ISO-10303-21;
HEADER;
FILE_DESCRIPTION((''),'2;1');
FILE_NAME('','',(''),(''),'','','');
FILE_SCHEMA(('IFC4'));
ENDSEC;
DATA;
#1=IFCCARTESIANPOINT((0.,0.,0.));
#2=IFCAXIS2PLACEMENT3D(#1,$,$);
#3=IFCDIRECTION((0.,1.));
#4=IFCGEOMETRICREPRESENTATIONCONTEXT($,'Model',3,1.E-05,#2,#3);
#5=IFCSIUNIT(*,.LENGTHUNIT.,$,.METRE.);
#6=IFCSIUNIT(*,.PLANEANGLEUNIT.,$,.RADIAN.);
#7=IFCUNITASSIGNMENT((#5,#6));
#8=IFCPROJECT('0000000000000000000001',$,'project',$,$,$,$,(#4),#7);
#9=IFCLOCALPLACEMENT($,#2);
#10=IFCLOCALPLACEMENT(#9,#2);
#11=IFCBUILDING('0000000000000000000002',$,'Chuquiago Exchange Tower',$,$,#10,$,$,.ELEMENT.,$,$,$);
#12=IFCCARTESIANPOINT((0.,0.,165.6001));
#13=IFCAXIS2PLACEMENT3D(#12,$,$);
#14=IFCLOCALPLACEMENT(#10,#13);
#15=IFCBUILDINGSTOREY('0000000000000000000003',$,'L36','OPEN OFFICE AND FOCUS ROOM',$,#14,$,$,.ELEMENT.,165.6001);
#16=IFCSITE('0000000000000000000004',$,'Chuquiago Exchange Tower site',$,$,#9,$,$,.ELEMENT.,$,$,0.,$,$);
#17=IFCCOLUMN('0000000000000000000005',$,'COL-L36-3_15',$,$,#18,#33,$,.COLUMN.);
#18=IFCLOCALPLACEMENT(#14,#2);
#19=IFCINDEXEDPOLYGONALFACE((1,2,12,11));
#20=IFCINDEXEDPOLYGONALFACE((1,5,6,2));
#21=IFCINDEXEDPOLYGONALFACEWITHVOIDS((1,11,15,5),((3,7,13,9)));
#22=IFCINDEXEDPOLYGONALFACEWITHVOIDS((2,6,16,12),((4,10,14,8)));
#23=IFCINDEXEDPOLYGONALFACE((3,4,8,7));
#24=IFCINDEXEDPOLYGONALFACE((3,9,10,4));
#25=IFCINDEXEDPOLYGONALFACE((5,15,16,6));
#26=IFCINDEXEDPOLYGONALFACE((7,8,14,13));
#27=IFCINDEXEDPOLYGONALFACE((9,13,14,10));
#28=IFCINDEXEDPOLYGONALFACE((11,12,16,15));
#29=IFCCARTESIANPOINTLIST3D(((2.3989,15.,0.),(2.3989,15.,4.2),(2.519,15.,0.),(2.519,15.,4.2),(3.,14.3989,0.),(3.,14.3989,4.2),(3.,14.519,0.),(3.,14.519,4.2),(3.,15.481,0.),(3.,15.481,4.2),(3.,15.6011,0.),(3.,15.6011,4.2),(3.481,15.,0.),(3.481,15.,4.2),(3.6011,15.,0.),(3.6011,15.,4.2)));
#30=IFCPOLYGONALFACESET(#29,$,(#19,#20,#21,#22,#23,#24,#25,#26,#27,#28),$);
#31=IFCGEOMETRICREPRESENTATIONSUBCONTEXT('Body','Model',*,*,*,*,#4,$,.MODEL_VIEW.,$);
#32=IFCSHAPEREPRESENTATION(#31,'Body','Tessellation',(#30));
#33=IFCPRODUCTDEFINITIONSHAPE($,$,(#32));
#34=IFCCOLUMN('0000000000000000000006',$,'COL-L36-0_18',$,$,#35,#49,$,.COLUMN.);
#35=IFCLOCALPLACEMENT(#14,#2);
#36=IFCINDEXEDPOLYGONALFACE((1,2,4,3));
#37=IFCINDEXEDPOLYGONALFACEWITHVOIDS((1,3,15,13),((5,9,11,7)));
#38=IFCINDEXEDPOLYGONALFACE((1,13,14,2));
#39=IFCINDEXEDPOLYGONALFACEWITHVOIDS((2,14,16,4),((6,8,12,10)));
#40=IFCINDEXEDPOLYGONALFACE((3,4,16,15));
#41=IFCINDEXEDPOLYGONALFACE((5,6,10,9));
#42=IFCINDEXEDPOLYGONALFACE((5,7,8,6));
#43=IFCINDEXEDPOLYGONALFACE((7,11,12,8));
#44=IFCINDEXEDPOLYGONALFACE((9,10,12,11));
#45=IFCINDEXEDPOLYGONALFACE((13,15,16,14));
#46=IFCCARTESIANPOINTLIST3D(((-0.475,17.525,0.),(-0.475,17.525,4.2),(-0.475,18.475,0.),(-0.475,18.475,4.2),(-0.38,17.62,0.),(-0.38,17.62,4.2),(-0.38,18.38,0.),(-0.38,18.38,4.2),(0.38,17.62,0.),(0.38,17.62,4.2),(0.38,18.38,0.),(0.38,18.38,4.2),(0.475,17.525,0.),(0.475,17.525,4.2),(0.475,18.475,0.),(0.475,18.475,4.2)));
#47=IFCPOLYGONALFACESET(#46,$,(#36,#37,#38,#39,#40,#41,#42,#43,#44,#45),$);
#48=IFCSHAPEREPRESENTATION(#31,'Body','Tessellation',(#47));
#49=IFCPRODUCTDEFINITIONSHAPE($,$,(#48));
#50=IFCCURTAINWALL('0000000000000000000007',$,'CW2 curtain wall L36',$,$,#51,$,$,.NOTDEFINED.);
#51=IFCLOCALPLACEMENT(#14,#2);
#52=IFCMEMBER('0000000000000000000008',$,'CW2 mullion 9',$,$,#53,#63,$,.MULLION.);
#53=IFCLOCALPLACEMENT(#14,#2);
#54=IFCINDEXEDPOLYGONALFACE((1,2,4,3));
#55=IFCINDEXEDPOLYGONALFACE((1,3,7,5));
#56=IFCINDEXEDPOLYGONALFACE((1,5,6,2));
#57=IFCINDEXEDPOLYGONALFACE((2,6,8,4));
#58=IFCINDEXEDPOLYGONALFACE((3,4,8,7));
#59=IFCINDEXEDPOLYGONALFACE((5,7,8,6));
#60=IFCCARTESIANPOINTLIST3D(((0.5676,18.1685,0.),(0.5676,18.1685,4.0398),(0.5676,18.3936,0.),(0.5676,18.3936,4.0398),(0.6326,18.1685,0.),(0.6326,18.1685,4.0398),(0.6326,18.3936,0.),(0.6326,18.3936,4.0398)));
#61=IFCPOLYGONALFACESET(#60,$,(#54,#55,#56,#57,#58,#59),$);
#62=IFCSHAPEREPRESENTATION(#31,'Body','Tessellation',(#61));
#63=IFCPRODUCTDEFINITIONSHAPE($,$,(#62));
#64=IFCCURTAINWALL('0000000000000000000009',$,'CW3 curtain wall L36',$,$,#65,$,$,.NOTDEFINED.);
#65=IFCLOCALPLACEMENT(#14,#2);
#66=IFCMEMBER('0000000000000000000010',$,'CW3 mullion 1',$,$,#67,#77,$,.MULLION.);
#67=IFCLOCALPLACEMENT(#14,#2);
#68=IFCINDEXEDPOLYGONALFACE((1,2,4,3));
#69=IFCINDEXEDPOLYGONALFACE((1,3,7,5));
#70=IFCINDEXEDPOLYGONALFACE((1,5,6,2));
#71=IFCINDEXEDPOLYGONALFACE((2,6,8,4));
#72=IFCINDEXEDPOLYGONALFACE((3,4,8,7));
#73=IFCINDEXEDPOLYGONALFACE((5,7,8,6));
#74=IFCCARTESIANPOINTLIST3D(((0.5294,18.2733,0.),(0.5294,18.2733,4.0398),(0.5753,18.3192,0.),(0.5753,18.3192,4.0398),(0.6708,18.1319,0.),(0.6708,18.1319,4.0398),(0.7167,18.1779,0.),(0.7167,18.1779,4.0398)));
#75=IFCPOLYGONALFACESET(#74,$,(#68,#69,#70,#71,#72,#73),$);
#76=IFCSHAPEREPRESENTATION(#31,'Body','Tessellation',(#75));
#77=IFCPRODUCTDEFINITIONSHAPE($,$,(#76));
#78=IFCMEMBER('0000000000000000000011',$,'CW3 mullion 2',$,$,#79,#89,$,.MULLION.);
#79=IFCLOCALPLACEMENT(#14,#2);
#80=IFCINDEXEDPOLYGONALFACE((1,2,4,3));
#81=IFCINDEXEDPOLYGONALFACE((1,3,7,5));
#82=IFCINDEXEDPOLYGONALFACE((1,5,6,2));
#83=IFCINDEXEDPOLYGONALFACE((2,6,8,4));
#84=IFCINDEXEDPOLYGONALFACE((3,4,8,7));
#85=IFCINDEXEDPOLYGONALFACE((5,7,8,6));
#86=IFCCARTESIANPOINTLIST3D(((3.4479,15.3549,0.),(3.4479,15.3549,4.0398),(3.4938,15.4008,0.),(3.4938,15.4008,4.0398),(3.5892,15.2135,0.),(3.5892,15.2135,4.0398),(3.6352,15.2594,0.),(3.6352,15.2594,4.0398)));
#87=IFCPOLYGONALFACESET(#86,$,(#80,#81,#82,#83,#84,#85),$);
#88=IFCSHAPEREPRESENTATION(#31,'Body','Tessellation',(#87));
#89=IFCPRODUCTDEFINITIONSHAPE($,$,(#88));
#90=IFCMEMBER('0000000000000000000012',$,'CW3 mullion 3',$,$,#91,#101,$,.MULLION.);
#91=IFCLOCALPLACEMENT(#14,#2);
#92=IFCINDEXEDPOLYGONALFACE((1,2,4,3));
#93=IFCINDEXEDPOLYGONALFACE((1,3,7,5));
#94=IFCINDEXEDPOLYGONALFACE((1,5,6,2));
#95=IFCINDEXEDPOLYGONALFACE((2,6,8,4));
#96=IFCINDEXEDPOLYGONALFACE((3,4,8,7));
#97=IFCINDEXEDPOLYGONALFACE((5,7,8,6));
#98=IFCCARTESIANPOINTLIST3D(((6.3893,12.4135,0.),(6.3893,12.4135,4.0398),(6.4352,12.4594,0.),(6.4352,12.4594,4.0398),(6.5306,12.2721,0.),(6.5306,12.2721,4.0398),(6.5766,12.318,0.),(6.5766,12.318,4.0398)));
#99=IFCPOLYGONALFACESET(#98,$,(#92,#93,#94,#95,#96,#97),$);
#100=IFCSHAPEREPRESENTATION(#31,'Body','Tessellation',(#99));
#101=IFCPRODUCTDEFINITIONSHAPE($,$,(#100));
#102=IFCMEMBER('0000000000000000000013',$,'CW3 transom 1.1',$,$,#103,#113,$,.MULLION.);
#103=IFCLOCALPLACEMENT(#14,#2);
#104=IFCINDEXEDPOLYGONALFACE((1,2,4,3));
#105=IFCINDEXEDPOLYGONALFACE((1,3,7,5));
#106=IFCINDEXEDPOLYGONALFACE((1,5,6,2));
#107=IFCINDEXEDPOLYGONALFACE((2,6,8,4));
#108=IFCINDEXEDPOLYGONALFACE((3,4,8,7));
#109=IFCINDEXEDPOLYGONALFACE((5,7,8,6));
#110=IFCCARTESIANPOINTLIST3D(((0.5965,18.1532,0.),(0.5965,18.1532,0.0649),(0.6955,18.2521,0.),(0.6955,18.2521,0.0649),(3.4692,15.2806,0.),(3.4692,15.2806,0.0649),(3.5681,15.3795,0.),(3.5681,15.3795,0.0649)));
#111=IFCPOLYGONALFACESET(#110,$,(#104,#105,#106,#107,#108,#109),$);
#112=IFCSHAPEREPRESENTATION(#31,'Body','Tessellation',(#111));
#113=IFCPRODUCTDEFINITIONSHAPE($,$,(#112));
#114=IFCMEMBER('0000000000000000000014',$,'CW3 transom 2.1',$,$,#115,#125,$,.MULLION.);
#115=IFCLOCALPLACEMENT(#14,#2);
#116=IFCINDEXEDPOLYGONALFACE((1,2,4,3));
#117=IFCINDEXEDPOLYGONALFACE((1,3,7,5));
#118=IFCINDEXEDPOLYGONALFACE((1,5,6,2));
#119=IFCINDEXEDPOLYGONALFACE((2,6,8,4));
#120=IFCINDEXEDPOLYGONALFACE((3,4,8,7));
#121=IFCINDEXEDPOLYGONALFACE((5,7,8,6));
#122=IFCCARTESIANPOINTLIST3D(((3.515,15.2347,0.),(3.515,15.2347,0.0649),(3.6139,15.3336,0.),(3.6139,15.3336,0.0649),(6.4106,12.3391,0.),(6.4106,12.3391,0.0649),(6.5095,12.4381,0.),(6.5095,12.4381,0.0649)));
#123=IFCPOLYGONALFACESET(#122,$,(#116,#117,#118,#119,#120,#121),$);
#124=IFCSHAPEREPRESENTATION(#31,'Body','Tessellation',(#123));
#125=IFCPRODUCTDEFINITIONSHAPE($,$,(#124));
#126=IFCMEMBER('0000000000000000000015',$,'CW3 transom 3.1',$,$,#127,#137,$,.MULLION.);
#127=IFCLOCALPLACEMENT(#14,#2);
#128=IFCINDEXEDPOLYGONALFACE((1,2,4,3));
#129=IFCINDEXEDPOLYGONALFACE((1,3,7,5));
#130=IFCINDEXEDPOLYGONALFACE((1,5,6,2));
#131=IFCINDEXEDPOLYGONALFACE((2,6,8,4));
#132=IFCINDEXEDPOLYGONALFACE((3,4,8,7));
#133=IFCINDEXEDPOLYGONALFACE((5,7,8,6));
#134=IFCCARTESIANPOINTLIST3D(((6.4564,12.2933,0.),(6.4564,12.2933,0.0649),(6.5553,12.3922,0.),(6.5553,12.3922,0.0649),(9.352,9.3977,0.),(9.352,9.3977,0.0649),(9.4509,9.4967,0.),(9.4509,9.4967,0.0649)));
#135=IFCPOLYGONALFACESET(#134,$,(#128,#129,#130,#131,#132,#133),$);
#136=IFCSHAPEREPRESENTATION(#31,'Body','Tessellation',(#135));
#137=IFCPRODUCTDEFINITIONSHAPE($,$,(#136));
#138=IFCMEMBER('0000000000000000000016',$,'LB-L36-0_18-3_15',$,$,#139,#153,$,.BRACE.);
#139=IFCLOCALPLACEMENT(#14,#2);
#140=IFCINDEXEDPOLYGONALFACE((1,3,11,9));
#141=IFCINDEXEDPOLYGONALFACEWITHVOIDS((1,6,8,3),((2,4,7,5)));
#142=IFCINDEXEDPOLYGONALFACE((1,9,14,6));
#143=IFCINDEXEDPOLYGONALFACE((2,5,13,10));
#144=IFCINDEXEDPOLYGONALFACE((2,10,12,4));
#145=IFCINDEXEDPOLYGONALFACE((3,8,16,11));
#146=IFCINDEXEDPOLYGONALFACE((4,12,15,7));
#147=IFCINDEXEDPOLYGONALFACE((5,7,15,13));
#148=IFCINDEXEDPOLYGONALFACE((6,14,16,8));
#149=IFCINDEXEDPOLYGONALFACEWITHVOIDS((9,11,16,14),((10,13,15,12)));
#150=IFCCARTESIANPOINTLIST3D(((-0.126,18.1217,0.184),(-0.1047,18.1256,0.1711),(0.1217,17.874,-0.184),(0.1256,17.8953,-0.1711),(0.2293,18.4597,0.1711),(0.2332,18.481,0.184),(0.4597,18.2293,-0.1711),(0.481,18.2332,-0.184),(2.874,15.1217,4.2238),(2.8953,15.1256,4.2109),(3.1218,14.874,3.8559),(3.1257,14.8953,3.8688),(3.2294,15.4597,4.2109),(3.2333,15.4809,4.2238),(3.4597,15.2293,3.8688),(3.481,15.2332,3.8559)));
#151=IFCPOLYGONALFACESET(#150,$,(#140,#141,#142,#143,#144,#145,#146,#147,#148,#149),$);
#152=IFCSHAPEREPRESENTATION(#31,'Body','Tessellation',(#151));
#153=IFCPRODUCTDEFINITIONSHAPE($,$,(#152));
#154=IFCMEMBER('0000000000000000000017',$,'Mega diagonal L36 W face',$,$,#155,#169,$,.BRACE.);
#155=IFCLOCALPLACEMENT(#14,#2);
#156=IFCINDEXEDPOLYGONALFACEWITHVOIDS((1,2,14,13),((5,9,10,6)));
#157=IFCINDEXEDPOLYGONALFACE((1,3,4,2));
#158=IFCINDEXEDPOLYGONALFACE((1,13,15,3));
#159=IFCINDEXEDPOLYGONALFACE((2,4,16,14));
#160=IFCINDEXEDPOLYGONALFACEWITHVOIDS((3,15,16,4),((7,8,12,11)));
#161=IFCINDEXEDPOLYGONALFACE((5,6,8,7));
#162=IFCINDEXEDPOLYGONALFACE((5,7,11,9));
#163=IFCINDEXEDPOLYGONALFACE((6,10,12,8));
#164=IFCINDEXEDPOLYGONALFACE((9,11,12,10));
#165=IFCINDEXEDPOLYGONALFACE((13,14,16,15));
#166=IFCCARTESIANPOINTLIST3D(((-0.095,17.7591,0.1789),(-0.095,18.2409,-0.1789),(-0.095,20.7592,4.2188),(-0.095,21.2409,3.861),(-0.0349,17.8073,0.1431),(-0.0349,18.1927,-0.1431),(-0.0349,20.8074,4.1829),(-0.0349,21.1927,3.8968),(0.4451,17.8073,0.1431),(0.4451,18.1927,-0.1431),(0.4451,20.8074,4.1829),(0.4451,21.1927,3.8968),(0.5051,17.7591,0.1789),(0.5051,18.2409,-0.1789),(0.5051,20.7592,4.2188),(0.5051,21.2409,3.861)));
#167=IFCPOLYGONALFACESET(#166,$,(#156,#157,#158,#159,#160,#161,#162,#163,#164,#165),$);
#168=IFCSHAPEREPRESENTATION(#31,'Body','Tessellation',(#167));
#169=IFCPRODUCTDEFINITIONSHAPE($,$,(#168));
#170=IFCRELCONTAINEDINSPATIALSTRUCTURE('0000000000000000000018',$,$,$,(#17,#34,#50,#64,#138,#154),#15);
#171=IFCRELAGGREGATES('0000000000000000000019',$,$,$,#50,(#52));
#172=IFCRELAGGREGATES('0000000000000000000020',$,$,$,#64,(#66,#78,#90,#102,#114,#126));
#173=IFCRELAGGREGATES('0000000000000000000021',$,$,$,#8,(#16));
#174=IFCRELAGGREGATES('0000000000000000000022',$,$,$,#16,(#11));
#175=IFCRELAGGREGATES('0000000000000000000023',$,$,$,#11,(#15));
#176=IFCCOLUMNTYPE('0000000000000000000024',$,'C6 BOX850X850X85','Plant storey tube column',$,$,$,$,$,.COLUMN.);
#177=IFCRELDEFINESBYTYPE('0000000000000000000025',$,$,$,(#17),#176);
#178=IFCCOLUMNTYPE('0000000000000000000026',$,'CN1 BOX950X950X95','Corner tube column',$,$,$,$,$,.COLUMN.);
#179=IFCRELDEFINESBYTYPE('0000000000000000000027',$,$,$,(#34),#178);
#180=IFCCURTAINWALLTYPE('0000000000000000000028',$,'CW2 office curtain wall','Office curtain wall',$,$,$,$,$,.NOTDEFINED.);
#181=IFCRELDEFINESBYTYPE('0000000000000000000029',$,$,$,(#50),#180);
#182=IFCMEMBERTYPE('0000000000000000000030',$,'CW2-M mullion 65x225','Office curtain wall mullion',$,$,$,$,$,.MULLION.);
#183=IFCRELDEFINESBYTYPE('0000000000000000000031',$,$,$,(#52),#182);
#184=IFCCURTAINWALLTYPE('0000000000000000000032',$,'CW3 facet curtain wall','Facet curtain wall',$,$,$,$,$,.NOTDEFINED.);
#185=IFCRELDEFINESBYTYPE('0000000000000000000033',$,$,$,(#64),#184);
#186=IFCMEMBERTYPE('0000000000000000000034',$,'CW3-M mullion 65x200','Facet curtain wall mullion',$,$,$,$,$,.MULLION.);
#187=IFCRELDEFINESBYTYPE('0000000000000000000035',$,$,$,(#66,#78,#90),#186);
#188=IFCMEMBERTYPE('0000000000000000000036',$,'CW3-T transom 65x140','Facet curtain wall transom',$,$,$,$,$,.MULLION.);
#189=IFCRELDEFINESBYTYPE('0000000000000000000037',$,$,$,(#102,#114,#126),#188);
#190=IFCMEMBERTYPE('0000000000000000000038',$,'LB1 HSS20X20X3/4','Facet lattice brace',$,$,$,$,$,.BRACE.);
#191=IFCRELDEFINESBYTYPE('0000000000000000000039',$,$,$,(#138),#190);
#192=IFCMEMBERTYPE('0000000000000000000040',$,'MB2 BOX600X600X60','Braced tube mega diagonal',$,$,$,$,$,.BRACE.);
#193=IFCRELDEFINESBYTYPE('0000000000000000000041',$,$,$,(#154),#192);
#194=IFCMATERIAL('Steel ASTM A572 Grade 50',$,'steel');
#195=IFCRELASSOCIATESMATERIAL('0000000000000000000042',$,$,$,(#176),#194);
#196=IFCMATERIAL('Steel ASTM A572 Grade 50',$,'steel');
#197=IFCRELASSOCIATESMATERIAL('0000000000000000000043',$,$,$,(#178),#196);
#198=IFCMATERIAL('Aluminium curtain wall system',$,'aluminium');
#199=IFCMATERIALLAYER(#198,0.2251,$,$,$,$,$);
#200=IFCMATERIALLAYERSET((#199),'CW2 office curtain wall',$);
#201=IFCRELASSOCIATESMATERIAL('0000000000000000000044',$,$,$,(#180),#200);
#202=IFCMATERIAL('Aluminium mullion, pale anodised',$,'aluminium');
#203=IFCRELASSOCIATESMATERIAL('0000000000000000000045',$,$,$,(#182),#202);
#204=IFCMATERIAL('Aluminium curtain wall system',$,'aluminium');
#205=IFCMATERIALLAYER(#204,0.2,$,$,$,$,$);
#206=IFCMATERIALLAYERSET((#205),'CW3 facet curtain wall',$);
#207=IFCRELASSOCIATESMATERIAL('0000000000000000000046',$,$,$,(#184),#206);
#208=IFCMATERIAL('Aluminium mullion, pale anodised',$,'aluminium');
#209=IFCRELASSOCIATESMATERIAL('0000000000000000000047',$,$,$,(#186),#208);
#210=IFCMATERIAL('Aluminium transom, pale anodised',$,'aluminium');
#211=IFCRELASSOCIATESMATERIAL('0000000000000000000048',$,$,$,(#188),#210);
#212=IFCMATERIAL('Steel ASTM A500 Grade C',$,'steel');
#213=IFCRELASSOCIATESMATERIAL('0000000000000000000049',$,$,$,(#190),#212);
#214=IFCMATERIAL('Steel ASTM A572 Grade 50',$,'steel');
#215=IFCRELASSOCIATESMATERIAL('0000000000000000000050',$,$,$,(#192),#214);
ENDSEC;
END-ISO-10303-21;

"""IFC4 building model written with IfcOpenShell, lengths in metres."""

from ifc_helpers import new_model, si_unit, direction, frame, origin, origin_2d, place, context, subcontext, project, spatial, rectangle, hollow_rectangle, extrude, material, layer, layer_set, material_profile, profile_set, type_object, element, aggregate, save


model = new_model("IFC4")

# Units and contexts
model_context = context("Model", 3, precision=1e-05, world=origin(), true_north=direction((0.0, 1.0)))
body_context = subcontext(model_context, "Body", "Model", "MODEL_VIEW")
ifc_project = project(units=[si_unit("LENGTHUNIT", "METRE"), si_unit("PLANEANGLEUNIT", "RADIAN")], contexts=[model_context])

# Site, building, storey
site_placement = place(None, origin())
site = spatial("IfcSite", under=ifc_project, at=site_placement, Name="Chuquiago Exchange Tower site", CompositionType="ELEMENT", RefElevation=0.0)
building_placement = place(site_placement, origin())
building = spatial("IfcBuilding", under=site, at=building_placement, Name="Chuquiago Exchange Tower", CompositionType="ELEMENT")
storey_placement = place(building_placement, frame((0.0, 0.0, 165.6001)))
storey = spatial("IfcBuildingStorey", under=building, at=storey_placement, Name="L36", Description="OPEN OFFICE AND FOCUS ROOM", CompositionType="ELEMENT", Elevation=165.6001)

# Columns
ifc_material_1 = material(Name="Steel ASTM A572 Grade 50", Category="steel")
ifc_material_profile_1 = material_profile(ifc_material_1, hollow_rectangle(XDim=0.8501, YDim=0.8501, WallThickness=0.085, at=origin_2d()), Name="BOX850X850X85")
ifc_profile_set_1 = profile_set([ifc_material_profile_1], Name="Steel ASTM A572 Grade 50")
column_type_1 = type_object("IfcColumnType", Name="C6 BOX850X850X85", Description="Plant storey tube column", PredefinedType="COLUMN", material=ifc_profile_set_1)
column_1_placement = place(storey_placement, frame((3.0, 15.0, 0.0), z_axis=(0.0, 0.0, 1.0), x_axis=(-0.707107, -0.707107, 0.0)))
element("IfcColumn", 1, at=column_1_placement, inside=storey, type_object=column_type_1, Name="COL-L36-3_15", PredefinedType="COLUMN", context=body_context, shape_type="SweptSolid", body=[
    extrude(hollow_rectangle(XDim=0.8501, YDim=0.8501, WallThickness=0.085, at=origin_2d()), origin(), (0.0, 0.0, 1.0), 4.2),
])
ifc_material_2 = material(Name="Steel ASTM A572 Grade 50", Category="steel")
ifc_material_profile_2 = material_profile(ifc_material_2, hollow_rectangle(XDim=0.95, YDim=0.95, WallThickness=0.095, at=origin_2d()), Name="BOX950X950X95")
ifc_profile_set_2 = profile_set([ifc_material_profile_2], Name="Steel ASTM A572 Grade 50")
column_type_2 = type_object("IfcColumnType", Name="CN1 BOX950X950X95", Description="Corner tube column", PredefinedType="COLUMN", material=ifc_profile_set_2)
column_2_placement = place(storey_placement, frame((0.0, 18.0, 0.0), z_axis=(0.0, 0.0, 1.0), x_axis=(-1.0, 0.0, 0.0)))
element("IfcColumn", 2, at=column_2_placement, inside=storey, type_object=column_type_2, Name="COL-L36-0_18", PredefinedType="COLUMN", context=body_context, shape_type="SweptSolid", body=[
    extrude(hollow_rectangle(XDim=0.95, YDim=0.95, WallThickness=0.095, at=origin_2d()), origin(), (0.0, 0.0, 1.0), 4.2),
])

# Curtain wall, member
ifc_material_3 = material(Name="Aluminium curtain wall system", Category="aluminium")
ifc_layer_1 = layer(ifc_material_3, 0.2251)
ifc_layer_set_1 = layer_set([ifc_layer_1], Name="CW2 office curtain wall")
curtain_wall_type_1 = type_object("IfcCurtainWallType", Name="CW2 office curtain wall", Description="Office curtain wall", PredefinedType="NOTDEFINED", material=ifc_layer_set_1)
curtain_wall_1_placement = place(storey_placement, origin())
curtain_wall_1 = element("IfcCurtainWall", 3, at=curtain_wall_1_placement, inside=storey, type_object=curtain_wall_type_1, Name="CW2 curtain wall L36", PredefinedType="NOTDEFINED")
ifc_material_4 = material(Name="Aluminium mullion, pale anodised", Category="aluminium")
ifc_material_profile_3 = material_profile(ifc_material_4, rectangle(XDim=0.0649, YDim=0.2251, at=origin_2d()), Name="AL 65x225")
ifc_profile_set_3 = profile_set([ifc_material_profile_3], Name="Aluminium mullion, pale anodised")
member_type_1 = type_object("IfcMemberType", Name="CW2-M mullion 65x225", Description="Office curtain wall mullion", PredefinedType="MULLION", material=ifc_profile_set_3)
member_1_placement = place(storey_placement, frame((0.6001, 18.281, 0.0), z_axis=(0.0, 0.0, 1.0), x_axis=(1.0, 0.0, 0.0)))
member_1 = element("IfcMember", 4, at=member_1_placement, type_object=member_type_1, Name="CW2 mullion 9", PredefinedType="MULLION", context=body_context, shape_type="SweptSolid", body=[
    extrude(rectangle(XDim=0.0649, YDim=0.2251, at=origin_2d()), origin(), (0.0, 0.0, 1.0), 4.0398),
])

# Curtain wall, members
ifc_material_5 = material(Name="Aluminium curtain wall system", Category="aluminium")
ifc_layer_2 = layer(ifc_material_5, 0.2)
ifc_layer_set_2 = layer_set([ifc_layer_2], Name="CW3 facet curtain wall")
curtain_wall_type_2 = type_object("IfcCurtainWallType", Name="CW3 facet curtain wall", Description="Facet curtain wall", PredefinedType="NOTDEFINED", material=ifc_layer_set_2)
curtain_wall_2_placement = place(storey_placement, origin())
curtain_wall_2 = element("IfcCurtainWall", 5, at=curtain_wall_2_placement, inside=storey, type_object=curtain_wall_type_2, Name="CW3 curtain wall L36", PredefinedType="NOTDEFINED")
ifc_material_6 = material(Name="Aluminium mullion, pale anodised", Category="aluminium")
ifc_material_profile_4 = material_profile(ifc_material_6, rectangle(XDim=0.0649, YDim=0.2, at=origin_2d()), Name="AL 65x200")
ifc_profile_set_4 = profile_set([ifc_material_profile_4], Name="Aluminium mullion, pale anodised")
member_type_2 = type_object("IfcMemberType", Name="CW3-M mullion 65x200", Description="Facet curtain wall mullion", PredefinedType="MULLION", material=ifc_profile_set_4)
member_2_placement = place(storey_placement, frame((0.623, 18.2256, 0.0), z_axis=(0.0, 0.0, 1.0), x_axis=(0.707107, 0.707107, 0.0)))
member_2 = element("IfcMember", 6, at=member_2_placement, type_object=member_type_2, Name="CW3 mullion 1", PredefinedType="MULLION", context=body_context, shape_type="SweptSolid", body=[
    extrude(rectangle(XDim=0.0649, YDim=0.2, at=origin_2d()), origin(), (0.0, 0.0, 1.0), 4.0398),
])
member_3_placement = place(storey_placement, frame((3.5415, 15.3071, 0.0), z_axis=(0.0, 0.0, 1.0), x_axis=(0.707107, 0.707107, 0.0)))
member_3 = element("IfcMember", 7, at=member_3_placement, type_object=member_type_2, Name="CW3 mullion 2", PredefinedType="MULLION", context=body_context, shape_type="SweptSolid", body=[
    extrude(rectangle(XDim=0.0649, YDim=0.2, at=origin_2d()), origin(), (0.0, 0.0, 1.0), 4.0398),
])
member_4_placement = place(storey_placement, frame((6.4829, 12.3657, 0.0), z_axis=(0.0, 0.0, 1.0), x_axis=(0.707107, 0.707107, 0.0)))
member_4 = element("IfcMember", 8, at=member_4_placement, type_object=member_type_2, Name="CW3 mullion 3", PredefinedType="MULLION", context=body_context, shape_type="SweptSolid", body=[
    extrude(rectangle(XDim=0.0649, YDim=0.2, at=origin_2d()), origin(), (0.0, 0.0, 1.0), 4.0398),
])
ifc_material_7 = material(Name="Aluminium transom, pale anodised", Category="aluminium")
ifc_material_profile_5 = material_profile(ifc_material_7, rectangle(XDim=0.1399, YDim=0.0649, at=origin_2d()), Name="AL 140x65")
ifc_profile_set_5 = profile_set([ifc_material_profile_5], Name="Aluminium transom, pale anodised")
member_type_3 = type_object("IfcMemberType", Name="CW3-T transom 65x140", Description="Facet curtain wall transom", PredefinedType="MULLION", material=ifc_profile_set_5)
member_5_placement = place(storey_placement, frame((0.646, 18.2026, 0.0325), z_axis=(0.707107, -0.707107, 0.0), x_axis=(0.707107, 0.707107, 0.0)))
member_5 = element("IfcMember", 9, at=member_5_placement, type_object=member_type_3, Name="CW3 transom 1.1", PredefinedType="MULLION", context=body_context, shape_type="SweptSolid", body=[
    extrude(rectangle(XDim=0.1399, YDim=0.0649, at=origin_2d()), origin(), (0.0, 0.0, 1.0), 4.0625),
])
member_6_placement = place(storey_placement, frame((3.5645, 15.2842, 0.0325), z_axis=(0.707107, -0.707107, 0.0), x_axis=(0.707107, 0.707107, 0.0)))
member_6 = element("IfcMember", 10, at=member_6_placement, type_object=member_type_3, Name="CW3 transom 2.1", PredefinedType="MULLION", context=body_context, shape_type="SweptSolid", body=[
    extrude(rectangle(XDim=0.1399, YDim=0.0649, at=origin_2d()), origin(), (0.0, 0.0, 1.0), 4.095),
])
member_7_placement = place(storey_placement, frame((6.5059, 12.3428, 0.0325), z_axis=(0.707107, -0.707107, 0.0), x_axis=(0.707107, 0.707107, 0.0)))
member_7 = element("IfcMember", 11, at=member_7_placement, type_object=member_type_3, Name="CW3 transom 3.1", PredefinedType="MULLION", context=body_context, shape_type="SweptSolid", body=[
    extrude(rectangle(XDim=0.1399, YDim=0.0649, at=origin_2d()), origin(), (0.0, 0.0, 1.0), 4.095),
])

# Members
ifc_material_8 = material(Name="Steel ASTM A500 Grade C", Category="steel")
ifc_material_profile_6 = material_profile(ifc_material_8, hollow_rectangle(XDim=0.5081, YDim=0.5081, WallThickness=0.0178, at=origin_2d()), Name="HSS20X20X3/4")
ifc_profile_set_6 = profile_set([ifc_material_profile_6], Name="Steel ASTM A500 Grade C")
member_type_4 = type_object("IfcMemberType", Name="LB1 HSS20X20X3/4", Description="Facet lattice brace", PredefinedType="BRACE", material=ifc_profile_set_6)
member_8_placement = place(storey_placement, frame((0.1775, 18.1775, 0.0), z_axis=(0.512092, -0.512092, 0.689582), x_axis=(0.707107, 0.707107, 0.0)))
element("IfcMember", 12, at=member_8_placement, inside=storey, type_object=member_type_4, Name="LB-L36-0_18-3_15", PredefinedType="BRACE", context=body_context, shape_type="SweptSolid", body=[
    extrude(hollow_rectangle(XDim=0.5081, YDim=0.5081, WallThickness=0.0178, at=origin_2d()), origin(), (0.0, 0.0, 1.0), 5.8584),
])
ifc_material_9 = material(Name="Steel ASTM A572 Grade 50", Category="steel")
ifc_material_profile_7 = material_profile(ifc_material_9, hollow_rectangle(XDim=0.6001, YDim=0.6001, WallThickness=0.0601, at=origin_2d()), Name="BOX600X600X60")
ifc_profile_set_7 = profile_set([ifc_material_profile_7], Name="Steel ASTM A572 Grade 50")
member_type_5 = type_object("IfcMemberType", Name="MB2 BOX600X600X60", Description="Braced tube mega diagonal", PredefinedType="BRACE", material=ifc_profile_set_7)
member_9_placement = place(storey_placement, frame((0.2051, 18.0, 0.0), z_axis=(0.0, 0.596197, 0.802838), x_axis=(-1.0, 0.0, 0.0)))
element("IfcMember", 13, at=member_9_placement, inside=storey, type_object=member_type_5, Name="Mega diagonal L36 W face", PredefinedType="BRACE", context=body_context, shape_type="SweptSolid", body=[
    extrude(hollow_rectangle(XDim=0.6001, YDim=0.6001, WallThickness=0.0601, at=origin_2d()), origin(), (0.0, 0.0, 1.0), 5.032),
])

aggregate(curtain_wall_1, [member_1])
aggregate(curtain_wall_2, [member_2, member_3, member_4, member_5, member_6, member_7])

save(model, "model.ifc")
